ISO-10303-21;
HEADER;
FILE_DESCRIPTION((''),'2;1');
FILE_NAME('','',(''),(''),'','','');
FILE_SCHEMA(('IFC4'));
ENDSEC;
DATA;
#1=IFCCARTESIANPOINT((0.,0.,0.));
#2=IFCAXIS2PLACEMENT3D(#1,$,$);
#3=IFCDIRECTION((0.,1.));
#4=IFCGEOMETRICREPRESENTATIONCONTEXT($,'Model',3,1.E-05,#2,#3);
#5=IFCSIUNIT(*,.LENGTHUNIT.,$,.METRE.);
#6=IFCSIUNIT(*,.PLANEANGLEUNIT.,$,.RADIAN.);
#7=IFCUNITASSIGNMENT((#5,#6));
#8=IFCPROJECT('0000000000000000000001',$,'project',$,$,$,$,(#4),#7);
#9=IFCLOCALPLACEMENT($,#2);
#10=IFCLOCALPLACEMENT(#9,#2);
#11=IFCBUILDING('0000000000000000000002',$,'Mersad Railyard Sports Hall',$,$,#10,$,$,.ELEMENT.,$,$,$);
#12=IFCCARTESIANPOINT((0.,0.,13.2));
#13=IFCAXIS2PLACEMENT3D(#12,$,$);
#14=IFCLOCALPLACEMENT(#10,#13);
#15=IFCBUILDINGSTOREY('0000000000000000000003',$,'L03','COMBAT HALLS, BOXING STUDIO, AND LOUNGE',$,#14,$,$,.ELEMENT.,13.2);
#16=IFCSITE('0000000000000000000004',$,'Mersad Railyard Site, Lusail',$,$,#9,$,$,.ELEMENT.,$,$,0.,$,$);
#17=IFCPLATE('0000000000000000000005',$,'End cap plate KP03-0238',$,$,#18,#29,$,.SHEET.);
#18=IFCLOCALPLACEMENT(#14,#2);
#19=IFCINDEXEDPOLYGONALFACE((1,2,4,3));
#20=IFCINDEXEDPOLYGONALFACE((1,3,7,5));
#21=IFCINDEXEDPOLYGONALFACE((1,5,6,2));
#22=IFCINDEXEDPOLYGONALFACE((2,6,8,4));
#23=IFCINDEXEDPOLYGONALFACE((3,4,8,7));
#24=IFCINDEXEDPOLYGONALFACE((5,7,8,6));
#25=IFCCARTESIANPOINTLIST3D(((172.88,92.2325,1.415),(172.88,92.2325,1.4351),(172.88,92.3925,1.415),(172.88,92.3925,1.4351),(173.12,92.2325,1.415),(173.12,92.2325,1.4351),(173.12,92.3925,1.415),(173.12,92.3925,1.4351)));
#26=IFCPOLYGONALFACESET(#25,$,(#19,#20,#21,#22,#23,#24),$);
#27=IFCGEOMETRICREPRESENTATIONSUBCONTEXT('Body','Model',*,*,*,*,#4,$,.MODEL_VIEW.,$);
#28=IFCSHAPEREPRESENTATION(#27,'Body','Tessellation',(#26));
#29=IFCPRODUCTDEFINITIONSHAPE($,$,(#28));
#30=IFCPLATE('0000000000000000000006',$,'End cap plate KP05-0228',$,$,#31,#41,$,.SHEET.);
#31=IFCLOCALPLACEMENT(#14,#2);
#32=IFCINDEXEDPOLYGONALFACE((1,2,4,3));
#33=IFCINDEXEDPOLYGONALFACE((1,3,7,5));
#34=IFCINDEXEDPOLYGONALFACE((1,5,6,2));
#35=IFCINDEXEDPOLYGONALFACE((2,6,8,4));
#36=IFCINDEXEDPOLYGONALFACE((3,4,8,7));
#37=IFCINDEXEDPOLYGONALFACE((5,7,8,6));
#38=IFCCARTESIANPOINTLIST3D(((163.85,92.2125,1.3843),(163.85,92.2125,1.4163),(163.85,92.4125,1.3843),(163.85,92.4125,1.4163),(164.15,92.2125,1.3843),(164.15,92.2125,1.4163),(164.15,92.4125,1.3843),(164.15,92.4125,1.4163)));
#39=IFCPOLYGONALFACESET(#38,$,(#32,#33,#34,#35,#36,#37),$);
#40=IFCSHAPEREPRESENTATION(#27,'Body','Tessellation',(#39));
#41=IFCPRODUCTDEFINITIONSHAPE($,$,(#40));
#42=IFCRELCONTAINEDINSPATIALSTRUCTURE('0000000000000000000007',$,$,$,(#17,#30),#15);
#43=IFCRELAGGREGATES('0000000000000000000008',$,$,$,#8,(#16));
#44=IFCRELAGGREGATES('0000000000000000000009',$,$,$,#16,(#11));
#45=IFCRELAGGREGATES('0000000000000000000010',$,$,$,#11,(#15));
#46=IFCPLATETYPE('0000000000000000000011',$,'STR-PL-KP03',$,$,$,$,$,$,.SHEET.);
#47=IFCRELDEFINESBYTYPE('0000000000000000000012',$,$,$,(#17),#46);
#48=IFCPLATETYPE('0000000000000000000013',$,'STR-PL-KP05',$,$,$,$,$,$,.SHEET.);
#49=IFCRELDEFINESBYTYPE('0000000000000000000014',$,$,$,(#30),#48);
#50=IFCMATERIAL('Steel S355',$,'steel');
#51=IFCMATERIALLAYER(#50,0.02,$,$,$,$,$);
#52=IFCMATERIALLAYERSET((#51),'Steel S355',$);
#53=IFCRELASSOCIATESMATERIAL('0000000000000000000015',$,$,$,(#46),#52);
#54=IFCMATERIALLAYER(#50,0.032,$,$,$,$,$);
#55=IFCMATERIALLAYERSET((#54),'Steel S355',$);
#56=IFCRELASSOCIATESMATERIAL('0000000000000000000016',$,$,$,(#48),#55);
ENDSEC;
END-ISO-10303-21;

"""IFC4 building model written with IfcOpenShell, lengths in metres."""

from ifc_helpers import new_model, si_unit, direction, frame, origin, origin_2d, place, context, subcontext, project, spatial, rectangle, extrude, material, layer, layer_set, type_object, element, save


model = new_model("IFC4")

# Units and contexts
model_context = context("Model", 3, precision=1e-05, world=origin(), true_north=direction((0.0, 1.0)))
body_context = subcontext(model_context, "Body", "Model", "MODEL_VIEW")
ifc_project = project(units=[si_unit("LENGTHUNIT", "METRE"), si_unit("PLANEANGLEUNIT", "RADIAN")], contexts=[model_context])

# Site, building, storey
site_placement = place(None, origin())
site = spatial("IfcSite", under=ifc_project, at=site_placement, Name="Mersad Railyard Site, Lusail", CompositionType="ELEMENT", RefElevation=0.0)
building_placement = place(site_placement, origin())
building = spatial("IfcBuilding", under=site, at=building_placement, Name="Mersad Railyard Sports Hall", CompositionType="ELEMENT")
storey_placement = place(building_placement, frame((0.0, 0.0, 13.2)))
storey = spatial("IfcBuildingStorey", under=building, at=storey_placement, Name="L03", Description="COMBAT HALLS, BOXING STUDIO, AND LOUNGE", CompositionType="ELEMENT", Elevation=13.2)

# Shared definitions
ifc_material_1 = material(Name="Steel S355", Category="steel")

# Plates
ifc_layer_1 = layer(ifc_material_1, 0.02)
ifc_layer_set_1 = layer_set([ifc_layer_1], Name="Steel S355")
plate_type_1 = type_object("IfcPlateType", Name="STR-PL-KP03", PredefinedType="SHEET", material=ifc_layer_set_1)
for number, where, z_axis, x_axis, name in (
    (1, (173.0, 92.3125, 1.415), (0.0, 0.0, 1.0), (1.0, 0.0, 0.0), "End cap plate KP03-0238"),
):
    element("IfcPlate", number, at=place(storey_placement, frame(where, z_axis=z_axis, x_axis=x_axis)), inside=storey, type_object=plate_type_1, Name=name, PredefinedType="SHEET", context=body_context, shape_type="SweptSolid", body=[
        extrude(rectangle(XDim=0.24, YDim=0.1599, at=origin_2d()), origin(), (0.0, 0.0, 1.0), 0.02),
    ])
ifc_layer_2 = layer(ifc_material_1, 0.032)
ifc_layer_set_2 = layer_set([ifc_layer_2], Name="Steel S355")
plate_type_2 = type_object("IfcPlateType", Name="STR-PL-KP05", PredefinedType="SHEET", material=ifc_layer_set_2)
plate_1_placement = place(storey_placement, frame((164.0, 92.3125, 1.3843), z_axis=(0.0, 0.0, 1.0), x_axis=(1.0, 0.0, 0.0)))
element("IfcPlate", 2, at=plate_1_placement, inside=storey, type_object=plate_type_2, Name="End cap plate KP05-0228", PredefinedType="SHEET", context=body_context, shape_type="SweptSolid", body=[
    extrude(rectangle(XDim=0.3, YDim=0.2, at=origin_2d()), origin(), (0.0, 0.0, 1.0), 0.032),
])

save(model, "model.ifc")
